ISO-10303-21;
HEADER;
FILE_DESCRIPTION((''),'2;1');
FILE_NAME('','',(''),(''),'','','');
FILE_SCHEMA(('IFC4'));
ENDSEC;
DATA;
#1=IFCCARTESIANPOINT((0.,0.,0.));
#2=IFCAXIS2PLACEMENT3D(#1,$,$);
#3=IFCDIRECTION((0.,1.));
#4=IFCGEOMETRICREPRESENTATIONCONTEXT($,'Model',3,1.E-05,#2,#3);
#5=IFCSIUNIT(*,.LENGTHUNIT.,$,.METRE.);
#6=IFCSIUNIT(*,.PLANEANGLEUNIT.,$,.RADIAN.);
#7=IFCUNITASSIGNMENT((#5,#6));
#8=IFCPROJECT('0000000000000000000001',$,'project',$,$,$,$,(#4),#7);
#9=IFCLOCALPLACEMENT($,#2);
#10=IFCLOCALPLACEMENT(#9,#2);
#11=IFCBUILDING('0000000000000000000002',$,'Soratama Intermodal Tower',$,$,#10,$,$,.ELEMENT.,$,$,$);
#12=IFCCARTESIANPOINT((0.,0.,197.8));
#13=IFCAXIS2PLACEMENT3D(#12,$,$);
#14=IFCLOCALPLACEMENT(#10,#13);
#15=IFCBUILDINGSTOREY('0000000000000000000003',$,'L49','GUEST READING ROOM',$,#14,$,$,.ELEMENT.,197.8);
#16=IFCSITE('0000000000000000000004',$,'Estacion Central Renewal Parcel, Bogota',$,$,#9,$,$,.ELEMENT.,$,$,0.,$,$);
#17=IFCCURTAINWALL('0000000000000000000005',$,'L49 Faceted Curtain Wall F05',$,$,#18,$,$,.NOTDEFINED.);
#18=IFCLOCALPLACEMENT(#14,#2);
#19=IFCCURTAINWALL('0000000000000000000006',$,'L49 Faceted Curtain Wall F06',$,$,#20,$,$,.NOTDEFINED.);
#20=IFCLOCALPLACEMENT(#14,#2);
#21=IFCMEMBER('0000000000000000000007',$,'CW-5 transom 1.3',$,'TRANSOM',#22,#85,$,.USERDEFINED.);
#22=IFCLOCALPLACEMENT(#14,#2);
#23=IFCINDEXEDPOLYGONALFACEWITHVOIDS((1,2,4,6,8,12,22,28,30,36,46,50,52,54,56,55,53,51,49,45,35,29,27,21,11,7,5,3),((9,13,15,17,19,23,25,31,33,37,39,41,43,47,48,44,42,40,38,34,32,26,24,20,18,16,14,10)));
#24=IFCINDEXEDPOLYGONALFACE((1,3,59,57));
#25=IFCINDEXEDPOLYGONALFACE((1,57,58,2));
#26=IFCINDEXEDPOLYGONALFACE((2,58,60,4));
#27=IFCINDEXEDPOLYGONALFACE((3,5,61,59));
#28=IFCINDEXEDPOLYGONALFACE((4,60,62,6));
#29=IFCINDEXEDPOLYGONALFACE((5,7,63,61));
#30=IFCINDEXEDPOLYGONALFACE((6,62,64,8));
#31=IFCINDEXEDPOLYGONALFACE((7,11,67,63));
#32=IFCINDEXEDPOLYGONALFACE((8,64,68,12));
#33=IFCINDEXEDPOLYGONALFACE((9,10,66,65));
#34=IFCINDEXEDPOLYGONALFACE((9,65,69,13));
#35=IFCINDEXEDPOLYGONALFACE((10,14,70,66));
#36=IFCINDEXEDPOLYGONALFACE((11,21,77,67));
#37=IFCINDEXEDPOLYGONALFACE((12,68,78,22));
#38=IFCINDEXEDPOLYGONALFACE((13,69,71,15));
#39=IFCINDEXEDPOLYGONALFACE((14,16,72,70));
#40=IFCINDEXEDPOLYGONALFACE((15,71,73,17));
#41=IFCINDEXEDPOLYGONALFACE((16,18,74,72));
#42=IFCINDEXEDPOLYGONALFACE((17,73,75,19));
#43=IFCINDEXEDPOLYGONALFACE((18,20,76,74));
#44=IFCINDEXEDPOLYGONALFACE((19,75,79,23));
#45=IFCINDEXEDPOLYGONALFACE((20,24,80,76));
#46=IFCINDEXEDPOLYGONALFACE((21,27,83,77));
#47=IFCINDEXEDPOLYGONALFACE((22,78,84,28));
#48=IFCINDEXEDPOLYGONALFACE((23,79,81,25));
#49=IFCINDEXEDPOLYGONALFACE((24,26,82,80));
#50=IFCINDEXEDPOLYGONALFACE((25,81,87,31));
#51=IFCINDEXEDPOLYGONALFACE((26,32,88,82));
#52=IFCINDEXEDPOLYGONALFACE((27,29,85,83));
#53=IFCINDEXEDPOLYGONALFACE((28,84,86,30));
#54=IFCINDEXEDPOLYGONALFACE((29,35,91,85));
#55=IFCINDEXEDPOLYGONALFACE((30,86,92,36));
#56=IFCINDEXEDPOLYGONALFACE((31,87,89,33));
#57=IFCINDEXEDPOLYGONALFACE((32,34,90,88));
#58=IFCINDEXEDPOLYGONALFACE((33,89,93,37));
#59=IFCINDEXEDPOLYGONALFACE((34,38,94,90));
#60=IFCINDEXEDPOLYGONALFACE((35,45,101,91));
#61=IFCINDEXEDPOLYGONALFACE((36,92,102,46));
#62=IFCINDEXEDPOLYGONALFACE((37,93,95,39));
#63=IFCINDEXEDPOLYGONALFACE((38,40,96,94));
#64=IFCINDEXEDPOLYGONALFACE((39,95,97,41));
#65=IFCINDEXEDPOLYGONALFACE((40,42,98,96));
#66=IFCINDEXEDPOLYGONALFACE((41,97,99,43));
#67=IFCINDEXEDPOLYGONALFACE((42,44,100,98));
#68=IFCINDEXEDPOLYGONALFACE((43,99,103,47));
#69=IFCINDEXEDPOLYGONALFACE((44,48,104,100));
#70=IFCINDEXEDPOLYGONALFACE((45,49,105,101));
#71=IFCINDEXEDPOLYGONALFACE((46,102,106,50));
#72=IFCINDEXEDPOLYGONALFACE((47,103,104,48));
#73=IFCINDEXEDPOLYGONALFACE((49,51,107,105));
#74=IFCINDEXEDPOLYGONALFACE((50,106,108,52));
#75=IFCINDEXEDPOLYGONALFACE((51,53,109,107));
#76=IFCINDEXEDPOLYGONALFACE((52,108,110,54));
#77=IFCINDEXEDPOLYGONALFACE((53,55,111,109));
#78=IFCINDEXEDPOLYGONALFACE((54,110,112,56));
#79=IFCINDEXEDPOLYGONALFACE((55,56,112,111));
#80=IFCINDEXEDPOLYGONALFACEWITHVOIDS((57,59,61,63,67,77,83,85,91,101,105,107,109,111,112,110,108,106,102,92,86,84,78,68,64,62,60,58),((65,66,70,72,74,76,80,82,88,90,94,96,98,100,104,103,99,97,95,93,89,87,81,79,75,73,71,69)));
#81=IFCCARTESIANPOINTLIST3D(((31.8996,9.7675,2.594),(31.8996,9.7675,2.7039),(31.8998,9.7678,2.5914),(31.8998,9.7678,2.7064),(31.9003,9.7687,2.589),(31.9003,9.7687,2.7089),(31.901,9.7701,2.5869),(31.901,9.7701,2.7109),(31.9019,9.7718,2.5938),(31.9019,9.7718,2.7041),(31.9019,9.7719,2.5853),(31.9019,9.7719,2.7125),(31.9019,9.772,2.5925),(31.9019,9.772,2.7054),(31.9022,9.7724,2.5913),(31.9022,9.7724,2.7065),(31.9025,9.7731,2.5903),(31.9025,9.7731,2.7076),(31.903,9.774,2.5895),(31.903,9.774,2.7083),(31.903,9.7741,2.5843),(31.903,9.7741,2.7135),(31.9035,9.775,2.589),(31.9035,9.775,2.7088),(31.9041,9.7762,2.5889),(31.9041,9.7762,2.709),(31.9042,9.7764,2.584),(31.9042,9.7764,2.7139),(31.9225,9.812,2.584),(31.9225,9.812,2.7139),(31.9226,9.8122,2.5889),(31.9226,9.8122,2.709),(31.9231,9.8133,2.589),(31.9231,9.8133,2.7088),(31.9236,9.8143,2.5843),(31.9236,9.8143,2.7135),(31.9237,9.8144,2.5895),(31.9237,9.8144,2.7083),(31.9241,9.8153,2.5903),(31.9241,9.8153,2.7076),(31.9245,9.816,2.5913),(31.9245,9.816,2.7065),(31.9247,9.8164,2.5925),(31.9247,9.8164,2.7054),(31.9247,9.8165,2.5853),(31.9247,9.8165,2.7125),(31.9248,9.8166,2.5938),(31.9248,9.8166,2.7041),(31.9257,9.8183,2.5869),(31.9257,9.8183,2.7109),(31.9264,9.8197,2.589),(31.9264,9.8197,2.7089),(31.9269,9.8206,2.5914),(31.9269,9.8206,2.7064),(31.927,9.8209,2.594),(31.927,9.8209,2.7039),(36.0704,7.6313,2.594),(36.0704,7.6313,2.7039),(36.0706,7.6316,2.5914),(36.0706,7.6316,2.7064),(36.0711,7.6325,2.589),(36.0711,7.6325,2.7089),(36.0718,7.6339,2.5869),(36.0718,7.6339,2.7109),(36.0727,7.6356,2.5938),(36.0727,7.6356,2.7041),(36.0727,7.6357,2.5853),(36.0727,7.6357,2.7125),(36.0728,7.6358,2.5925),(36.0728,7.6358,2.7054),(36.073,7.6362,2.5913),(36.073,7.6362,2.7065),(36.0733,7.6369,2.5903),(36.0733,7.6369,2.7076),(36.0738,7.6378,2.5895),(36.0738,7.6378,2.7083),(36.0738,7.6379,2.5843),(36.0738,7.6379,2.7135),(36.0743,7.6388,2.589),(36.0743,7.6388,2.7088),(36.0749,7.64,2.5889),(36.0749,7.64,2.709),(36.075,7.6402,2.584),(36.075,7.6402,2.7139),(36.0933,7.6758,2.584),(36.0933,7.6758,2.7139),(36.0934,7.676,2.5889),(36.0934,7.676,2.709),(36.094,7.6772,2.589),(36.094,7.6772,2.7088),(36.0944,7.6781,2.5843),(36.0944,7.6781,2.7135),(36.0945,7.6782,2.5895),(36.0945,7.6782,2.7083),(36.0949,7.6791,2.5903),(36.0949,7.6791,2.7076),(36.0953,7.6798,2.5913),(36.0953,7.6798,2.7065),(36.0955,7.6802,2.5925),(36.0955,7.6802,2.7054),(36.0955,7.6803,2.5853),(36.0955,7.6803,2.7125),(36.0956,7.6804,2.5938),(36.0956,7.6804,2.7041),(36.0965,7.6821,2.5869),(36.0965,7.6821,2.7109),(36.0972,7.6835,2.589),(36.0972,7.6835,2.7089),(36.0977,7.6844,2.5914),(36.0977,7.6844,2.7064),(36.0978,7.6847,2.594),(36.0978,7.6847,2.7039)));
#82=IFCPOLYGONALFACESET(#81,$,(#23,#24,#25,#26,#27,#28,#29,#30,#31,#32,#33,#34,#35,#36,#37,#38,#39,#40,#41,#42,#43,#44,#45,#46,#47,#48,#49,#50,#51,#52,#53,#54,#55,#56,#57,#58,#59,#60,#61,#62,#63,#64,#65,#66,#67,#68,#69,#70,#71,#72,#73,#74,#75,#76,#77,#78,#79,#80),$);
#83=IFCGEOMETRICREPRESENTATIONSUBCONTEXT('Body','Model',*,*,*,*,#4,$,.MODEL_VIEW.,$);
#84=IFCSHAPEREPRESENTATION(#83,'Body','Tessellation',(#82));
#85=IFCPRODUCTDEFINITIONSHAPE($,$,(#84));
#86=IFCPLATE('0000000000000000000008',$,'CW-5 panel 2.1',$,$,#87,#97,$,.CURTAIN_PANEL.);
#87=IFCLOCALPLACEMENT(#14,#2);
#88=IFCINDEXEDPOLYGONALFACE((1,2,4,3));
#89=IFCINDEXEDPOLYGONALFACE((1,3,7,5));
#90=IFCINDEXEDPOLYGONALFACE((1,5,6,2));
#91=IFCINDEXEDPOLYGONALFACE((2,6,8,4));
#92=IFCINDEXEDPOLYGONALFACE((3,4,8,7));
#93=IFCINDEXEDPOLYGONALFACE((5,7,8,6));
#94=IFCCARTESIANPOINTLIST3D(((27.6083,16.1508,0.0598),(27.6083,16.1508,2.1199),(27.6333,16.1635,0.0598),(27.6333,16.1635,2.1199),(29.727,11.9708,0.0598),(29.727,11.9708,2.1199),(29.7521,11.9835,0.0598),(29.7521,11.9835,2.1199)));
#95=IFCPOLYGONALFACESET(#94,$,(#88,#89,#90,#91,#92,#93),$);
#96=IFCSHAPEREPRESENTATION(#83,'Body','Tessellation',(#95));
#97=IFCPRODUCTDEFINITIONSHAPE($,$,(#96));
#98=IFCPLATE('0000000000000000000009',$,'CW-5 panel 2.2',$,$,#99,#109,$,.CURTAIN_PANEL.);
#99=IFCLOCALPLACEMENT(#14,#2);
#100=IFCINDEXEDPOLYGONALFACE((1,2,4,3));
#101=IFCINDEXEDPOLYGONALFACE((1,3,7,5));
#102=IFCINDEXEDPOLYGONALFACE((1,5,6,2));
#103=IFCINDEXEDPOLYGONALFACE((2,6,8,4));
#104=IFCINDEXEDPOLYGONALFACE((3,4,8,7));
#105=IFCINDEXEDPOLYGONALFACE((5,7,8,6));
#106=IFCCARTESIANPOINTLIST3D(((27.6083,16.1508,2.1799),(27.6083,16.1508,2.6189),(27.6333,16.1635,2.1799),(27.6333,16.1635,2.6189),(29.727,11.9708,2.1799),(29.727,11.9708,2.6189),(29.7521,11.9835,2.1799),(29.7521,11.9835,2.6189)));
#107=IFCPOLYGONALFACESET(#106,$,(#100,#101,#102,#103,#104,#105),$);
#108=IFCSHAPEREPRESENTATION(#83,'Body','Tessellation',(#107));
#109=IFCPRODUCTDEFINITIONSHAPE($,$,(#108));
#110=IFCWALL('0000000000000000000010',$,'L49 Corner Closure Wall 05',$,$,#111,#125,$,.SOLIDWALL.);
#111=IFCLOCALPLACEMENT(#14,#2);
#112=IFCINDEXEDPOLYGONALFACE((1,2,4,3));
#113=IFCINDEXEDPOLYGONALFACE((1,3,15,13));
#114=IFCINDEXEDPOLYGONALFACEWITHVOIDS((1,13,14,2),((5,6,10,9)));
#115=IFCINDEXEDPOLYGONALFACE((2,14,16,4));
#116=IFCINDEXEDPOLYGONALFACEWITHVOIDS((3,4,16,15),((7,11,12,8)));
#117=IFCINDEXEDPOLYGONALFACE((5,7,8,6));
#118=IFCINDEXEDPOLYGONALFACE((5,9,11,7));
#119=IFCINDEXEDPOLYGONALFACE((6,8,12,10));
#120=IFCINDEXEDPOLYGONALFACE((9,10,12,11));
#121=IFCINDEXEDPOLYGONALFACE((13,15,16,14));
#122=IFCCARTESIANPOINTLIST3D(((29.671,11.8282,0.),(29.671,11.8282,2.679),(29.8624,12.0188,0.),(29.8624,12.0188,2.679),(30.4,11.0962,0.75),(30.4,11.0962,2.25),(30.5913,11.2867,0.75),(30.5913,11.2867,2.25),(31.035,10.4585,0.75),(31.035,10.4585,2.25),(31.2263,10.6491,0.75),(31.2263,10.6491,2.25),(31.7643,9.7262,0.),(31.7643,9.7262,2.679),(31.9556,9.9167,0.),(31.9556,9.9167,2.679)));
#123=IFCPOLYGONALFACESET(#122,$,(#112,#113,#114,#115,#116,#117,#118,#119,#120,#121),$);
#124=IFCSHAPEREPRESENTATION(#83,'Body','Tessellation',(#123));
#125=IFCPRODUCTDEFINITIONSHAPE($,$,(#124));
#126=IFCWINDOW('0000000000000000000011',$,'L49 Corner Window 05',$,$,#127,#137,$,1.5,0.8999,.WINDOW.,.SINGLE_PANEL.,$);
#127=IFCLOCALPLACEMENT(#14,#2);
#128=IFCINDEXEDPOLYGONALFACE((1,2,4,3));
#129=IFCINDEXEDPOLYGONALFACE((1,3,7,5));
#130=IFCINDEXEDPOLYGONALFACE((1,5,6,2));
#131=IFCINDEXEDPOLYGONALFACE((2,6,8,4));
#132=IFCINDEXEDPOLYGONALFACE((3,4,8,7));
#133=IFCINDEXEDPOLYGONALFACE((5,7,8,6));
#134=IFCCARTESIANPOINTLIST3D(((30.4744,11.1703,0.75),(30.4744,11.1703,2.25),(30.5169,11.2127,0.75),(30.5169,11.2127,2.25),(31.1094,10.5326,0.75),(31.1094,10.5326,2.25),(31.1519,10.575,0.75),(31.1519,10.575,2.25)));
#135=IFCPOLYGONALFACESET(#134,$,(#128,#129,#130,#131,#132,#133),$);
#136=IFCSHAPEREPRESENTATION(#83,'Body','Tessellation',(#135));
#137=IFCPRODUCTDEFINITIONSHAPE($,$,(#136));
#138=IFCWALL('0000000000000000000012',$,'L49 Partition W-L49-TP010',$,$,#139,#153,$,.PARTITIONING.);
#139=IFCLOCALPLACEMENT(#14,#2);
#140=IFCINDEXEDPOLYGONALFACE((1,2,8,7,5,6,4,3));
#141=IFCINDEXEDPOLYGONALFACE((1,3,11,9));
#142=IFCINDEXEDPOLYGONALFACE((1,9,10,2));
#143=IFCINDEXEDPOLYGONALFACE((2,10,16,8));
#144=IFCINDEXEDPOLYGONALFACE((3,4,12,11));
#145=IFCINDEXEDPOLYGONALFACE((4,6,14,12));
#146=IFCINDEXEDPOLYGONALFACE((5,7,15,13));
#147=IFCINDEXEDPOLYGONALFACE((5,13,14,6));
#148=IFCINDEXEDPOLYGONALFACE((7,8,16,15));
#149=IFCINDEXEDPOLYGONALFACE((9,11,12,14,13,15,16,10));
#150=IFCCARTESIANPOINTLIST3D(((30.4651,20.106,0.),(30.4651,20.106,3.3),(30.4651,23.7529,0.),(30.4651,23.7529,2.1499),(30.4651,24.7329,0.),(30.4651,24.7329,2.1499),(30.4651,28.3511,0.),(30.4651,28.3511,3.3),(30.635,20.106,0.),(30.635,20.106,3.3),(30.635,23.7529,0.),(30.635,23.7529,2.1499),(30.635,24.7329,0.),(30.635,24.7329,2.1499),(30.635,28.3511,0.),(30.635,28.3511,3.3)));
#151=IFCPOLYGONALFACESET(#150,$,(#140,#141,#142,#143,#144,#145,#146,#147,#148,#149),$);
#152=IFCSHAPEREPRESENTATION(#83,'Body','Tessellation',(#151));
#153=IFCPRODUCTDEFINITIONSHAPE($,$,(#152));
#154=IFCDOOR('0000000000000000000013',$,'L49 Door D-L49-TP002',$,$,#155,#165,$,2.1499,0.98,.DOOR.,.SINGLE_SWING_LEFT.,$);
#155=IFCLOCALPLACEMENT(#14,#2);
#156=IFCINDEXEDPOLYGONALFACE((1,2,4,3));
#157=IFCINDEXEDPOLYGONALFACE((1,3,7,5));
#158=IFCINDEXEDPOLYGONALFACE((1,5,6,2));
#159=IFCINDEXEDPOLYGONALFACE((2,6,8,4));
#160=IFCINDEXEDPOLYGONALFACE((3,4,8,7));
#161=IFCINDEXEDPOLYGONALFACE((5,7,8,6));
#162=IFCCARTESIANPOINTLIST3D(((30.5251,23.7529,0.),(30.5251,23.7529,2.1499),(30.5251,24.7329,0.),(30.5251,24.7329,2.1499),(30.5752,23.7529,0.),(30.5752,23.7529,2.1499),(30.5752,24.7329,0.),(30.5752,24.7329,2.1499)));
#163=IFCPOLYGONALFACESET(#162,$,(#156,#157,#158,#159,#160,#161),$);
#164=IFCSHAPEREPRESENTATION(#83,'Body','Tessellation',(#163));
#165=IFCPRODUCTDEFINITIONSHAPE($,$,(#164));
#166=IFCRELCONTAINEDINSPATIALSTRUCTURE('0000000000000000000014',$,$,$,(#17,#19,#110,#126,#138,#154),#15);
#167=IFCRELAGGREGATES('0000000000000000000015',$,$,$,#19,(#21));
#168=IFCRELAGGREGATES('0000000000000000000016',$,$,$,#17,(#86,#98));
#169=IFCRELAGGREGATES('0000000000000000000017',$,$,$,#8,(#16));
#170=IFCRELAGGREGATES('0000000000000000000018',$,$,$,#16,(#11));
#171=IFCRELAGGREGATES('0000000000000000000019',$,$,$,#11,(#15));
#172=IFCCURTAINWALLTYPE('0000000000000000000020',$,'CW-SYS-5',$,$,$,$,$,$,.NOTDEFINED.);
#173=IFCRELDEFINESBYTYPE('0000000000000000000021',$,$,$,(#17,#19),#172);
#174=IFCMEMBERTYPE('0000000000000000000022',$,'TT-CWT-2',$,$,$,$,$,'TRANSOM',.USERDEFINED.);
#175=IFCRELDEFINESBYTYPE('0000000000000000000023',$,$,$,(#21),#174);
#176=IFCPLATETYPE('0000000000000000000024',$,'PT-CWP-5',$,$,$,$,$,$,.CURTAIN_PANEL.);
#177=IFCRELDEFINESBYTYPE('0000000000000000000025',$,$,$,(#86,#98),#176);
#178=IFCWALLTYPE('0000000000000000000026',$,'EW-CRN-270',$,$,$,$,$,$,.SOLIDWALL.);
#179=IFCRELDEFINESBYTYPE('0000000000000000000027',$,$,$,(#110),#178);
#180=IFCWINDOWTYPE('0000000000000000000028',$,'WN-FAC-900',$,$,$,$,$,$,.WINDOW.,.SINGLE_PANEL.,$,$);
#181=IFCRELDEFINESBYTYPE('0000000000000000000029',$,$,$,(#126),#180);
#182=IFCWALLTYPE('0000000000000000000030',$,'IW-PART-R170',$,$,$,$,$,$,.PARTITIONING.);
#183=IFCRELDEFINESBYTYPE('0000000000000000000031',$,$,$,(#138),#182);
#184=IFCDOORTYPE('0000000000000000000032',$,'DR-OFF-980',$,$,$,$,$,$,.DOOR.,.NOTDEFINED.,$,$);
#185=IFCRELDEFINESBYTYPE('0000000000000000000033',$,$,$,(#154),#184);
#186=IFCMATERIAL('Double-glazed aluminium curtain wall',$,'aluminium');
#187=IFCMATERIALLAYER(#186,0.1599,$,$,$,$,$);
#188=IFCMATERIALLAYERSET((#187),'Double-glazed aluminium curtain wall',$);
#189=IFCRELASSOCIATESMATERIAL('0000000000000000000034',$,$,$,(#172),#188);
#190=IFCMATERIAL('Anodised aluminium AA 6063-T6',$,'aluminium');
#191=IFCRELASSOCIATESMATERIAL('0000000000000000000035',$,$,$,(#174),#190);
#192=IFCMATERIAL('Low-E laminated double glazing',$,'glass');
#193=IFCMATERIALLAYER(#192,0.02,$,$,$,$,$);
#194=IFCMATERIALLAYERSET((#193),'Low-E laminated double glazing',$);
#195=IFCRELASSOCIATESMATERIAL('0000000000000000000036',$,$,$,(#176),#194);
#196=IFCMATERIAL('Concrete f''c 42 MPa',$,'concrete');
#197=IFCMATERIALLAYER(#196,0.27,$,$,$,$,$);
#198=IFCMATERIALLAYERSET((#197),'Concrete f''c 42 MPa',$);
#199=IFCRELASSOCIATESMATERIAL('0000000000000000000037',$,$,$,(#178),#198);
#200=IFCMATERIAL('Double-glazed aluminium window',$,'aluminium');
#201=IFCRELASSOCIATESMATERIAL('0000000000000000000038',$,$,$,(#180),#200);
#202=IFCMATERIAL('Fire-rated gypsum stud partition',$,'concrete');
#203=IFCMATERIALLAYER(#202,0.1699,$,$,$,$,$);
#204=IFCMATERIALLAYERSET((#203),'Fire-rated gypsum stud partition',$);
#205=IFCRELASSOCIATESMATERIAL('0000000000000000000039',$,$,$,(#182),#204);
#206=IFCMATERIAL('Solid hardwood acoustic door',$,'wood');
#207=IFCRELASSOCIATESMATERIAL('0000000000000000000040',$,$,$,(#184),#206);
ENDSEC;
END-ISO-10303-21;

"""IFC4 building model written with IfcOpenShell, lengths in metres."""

from ifc_helpers import new_model, si_unit, direction, frame, frame_2d, origin, origin_2d, place, context, subcontext, project, spatial, rectangle, hollow_rectangle, extrude, material, layer, layer_set, material_profile, profile_set, type_object, element, fill, aggregate, save


model = new_model("IFC4")

# Units and contexts
model_context = context("Model", 3, precision=1e-05, world=origin(), true_north=direction((0.0, 1.0)))
body_context = subcontext(model_context, "Body", "Model", "MODEL_VIEW")
ifc_project = project(units=[si_unit("LENGTHUNIT", "METRE"), si_unit("PLANEANGLEUNIT", "RADIAN")], contexts=[model_context])

# Site, building, storey
site_placement = place(None, origin())
site = spatial("IfcSite", under=ifc_project, at=site_placement, Name="Estacion Central Renewal Parcel, Bogota", CompositionType="ELEMENT", RefElevation=0.0)
building_placement = place(site_placement, origin())
building = spatial("IfcBuilding", under=site, at=building_placement, Name="Soratama Intermodal Tower", CompositionType="ELEMENT")
storey_placement = place(building_placement, frame((0.0, 0.0, 197.8)))
storey = spatial("IfcBuildingStorey", under=building, at=storey_placement, Name="L49", Description="GUEST READING ROOM", CompositionType="ELEMENT", Elevation=197.8)

# Curtain walls
ifc_material_1 = material(Name="Double-glazed aluminium curtain wall", Category="aluminium")
ifc_layer_1 = layer(ifc_material_1, 0.1599)
ifc_layer_set_1 = layer_set([ifc_layer_1], Name="Double-glazed aluminium curtain wall")
curtain_wall_type = type_object("IfcCurtainWallType", Name="CW-SYS-5", PredefinedType="NOTDEFINED", material=ifc_layer_set_1)
curtain_wall_1_placement = place(storey_placement, origin())
curtain_wall_1 = element("IfcCurtainWall", 1, at=curtain_wall_1_placement, inside=storey, type_object=curtain_wall_type, Name="L49 Faceted Curtain Wall F05", PredefinedType="NOTDEFINED")
curtain_wall_2_placement = place(storey_placement, origin())
curtain_wall_2 = element("IfcCurtainWall", 2, at=curtain_wall_2_placement, inside=storey, type_object=curtain_wall_type, Name="L49 Faceted Curtain Wall F06", PredefinedType="NOTDEFINED")

# Member
ifc_material_2 = material(Name="Anodised aluminium AA 6063-T6", Category="aluminium")
ifc_material_profile_1 = material_profile(ifc_material_2, hollow_rectangle(XDim=0.0601, YDim=0.1299, WallThickness=0.0049, InnerFilletRadius=0.0049, OuterFilletRadius=0.01, at=origin_2d()), Name="CWT130X60X5")
ifc_profile_set_1 = profile_set([ifc_material_profile_1], Name="Anodised aluminium AA 6063-T6")
member_type_1 = type_object("IfcMemberType", Name="TT-CWT-2", ElementType="TRANSOM", PredefinedType="USERDEFINED", material=ifc_profile_set_1)
member_1_placement = place(storey_placement, frame((31.9133, 9.7942, 2.6489), z_axis=(0.890051, -0.455862, 0.0), x_axis=(0.455862, 0.890051, 0.0)))
member_1 = element("IfcMember", 3, at=member_1_placement, type_object=member_type_1, Name="CW-5 transom 1.3", ObjectType="TRANSOM", PredefinedType="USERDEFINED", context=body_context, shape_type="SweptSolid", body=[
    extrude(hollow_rectangle(XDim=0.0601, YDim=0.1299, WallThickness=0.0049, InnerFilletRadius=0.0049, OuterFilletRadius=0.01, at=origin_2d()), origin(), (0.0, 0.0, 1.0), 4.686),
])
aggregate(curtain_wall_2, [member_1])

# Plates
ifc_material_3 = material(Name="Low-E laminated double glazing", Category="glass")
ifc_layer_2 = layer(ifc_material_3, 0.02)
ifc_layer_set_2 = layer_set([ifc_layer_2], Name="Low-E laminated double glazing")
plate_type = type_object("IfcPlateType", Name="PT-CWP-5", PredefinedType="CURTAIN_PANEL", material=ifc_layer_set_2)
plate_1_placement = place(storey_placement, frame((28.6802, 14.0671, 0.0598), z_axis=(0.0, 0.0, 1.0), x_axis=(0.452119, -0.891958, 0.0)))
plate_1 = element("IfcPlate", 4, at=plate_1_placement, type_object=plate_type, Name="CW-5 panel 2.1", PredefinedType="CURTAIN_PANEL", context=body_context, shape_type="SweptSolid", body=[
    extrude(rectangle(XDim=4.6863, YDim=0.0281, at=origin_2d()), origin(), (0.0, 0.0, 1.0), 2.0601),
])
plate_2_placement = place(storey_placement, frame((28.6802, 14.0671, 2.1799), z_axis=(0.0, 0.0, 1.0), x_axis=(0.452119, -0.891958, 0.0)))
plate_2 = element("IfcPlate", 5, at=plate_2_placement, type_object=plate_type, Name="CW-5 panel 2.2", PredefinedType="CURTAIN_PANEL", context=body_context, shape_type="SweptSolid", body=[
    extrude(rectangle(XDim=4.6863, YDim=0.0281, at=origin_2d()), origin(), (0.0, 0.0, 1.0), 0.439),
])
aggregate(curtain_wall_1, [plate_1, plate_2])

# Wall, opening, window
ifc_material_4 = material(Name="Concrete f'c 42 MPa", Category="concrete")
ifc_layer_3 = layer(ifc_material_4, 0.27)
ifc_layer_set_3 = layer_set([ifc_layer_3], Name="Concrete f'c 42 MPa")
wall_type_1 = type_object("IfcWallType", Name="EW-CRN-270", PredefinedType="SOLIDWALL", material=ifc_layer_set_3)
wall_1_placement = place(storey_placement, frame((29.7666, 11.9236, 0.0), z_axis=(0.0, 0.0, 1.0), x_axis=(0.705624, -0.708587, 0.0)))
wall_1 = element("IfcWall", 6, at=wall_1_placement, inside=storey, type_object=wall_type_1, Name="L49 Corner Closure Wall 05", PredefinedType="SOLIDWALL", context=body_context, shape_type="SweptSolid", body=[
    extrude(rectangle(XDim=2.9666, YDim=0.27, at=frame_2d((1.4834, 0.0))), origin(), (0.0, 0.0, 1.0), 2.679),
])
opening_1_placement = place(wall_1_placement, frame((1.0332, 0.0, 0.75)))
opening_1 = element("IfcOpeningElement", 7, at=opening_1_placement, cuts=wall_1, PredefinedType="OPENING", context=body_context, shape_type="SweptSolid", body=[
    extrude(rectangle(XDim=0.8999, YDim=1.5, at=frame_2d((0.45, 0.75))), frame((0.0, 0.145, 0.0), z_axis=(0.0, -1.0, 0.0), x_axis=(1.0, 0.0, 0.0)), (0.0, 0.0, 1.0), 0.29),
])
ifc_material_5 = material(Name="Double-glazed aluminium window", Category="aluminium")
window_type = type_object("IfcWindowType", Name="WN-FAC-900", PartitioningType="SINGLE_PANEL", PredefinedType="WINDOW", material=ifc_material_5)
window_placement = place(opening_1_placement, origin())
window = element("IfcWindow", 8, at=window_placement, inside=storey, type_object=window_type, Name="L49 Corner Window 05", OverallHeight=1.5, OverallWidth=0.8999, PartitioningType="SINGLE_PANEL", PredefinedType="WINDOW", context=body_context, shape_type="SweptSolid", body=[
    extrude(rectangle(XDim=0.8999, YDim=1.5, at=frame_2d((0.45, 0.75))), frame((0.0, 0.03, 0.0), z_axis=(0.0, -1.0, 0.0), x_axis=(1.0, 0.0, 0.0)), (0.0, 0.0, 1.0), 0.0601),
])
fill(opening_1, window)

# Wall, opening, door
ifc_material_6 = material(Name="Fire-rated gypsum stud partition", Category="concrete")
ifc_layer_4 = layer(ifc_material_6, 0.1699)
ifc_layer_set_4 = layer_set([ifc_layer_4], Name="Fire-rated gypsum stud partition")
wall_type_2 = type_object("IfcWallType", Name="IW-PART-R170", PredefinedType="PARTITIONING", material=ifc_layer_set_4)
wall_2_placement = place(storey_placement, frame((30.55, 20.106, 0.0), z_axis=(0.0, 0.0, 1.0), x_axis=(0.0, 1.0, 0.0)))
wall_2 = element("IfcWall", 9, at=wall_2_placement, inside=storey, type_object=wall_type_2, Name="L49 Partition W-L49-TP010", PredefinedType="PARTITIONING", context=body_context, shape_type="SweptSolid", body=[
    extrude(rectangle(XDim=8.2451, YDim=0.1699, at=frame_2d((4.1226, 0.0))), origin(), (0.0, 0.0, 1.0), 3.3),
])
opening_2_placement = place(wall_2_placement, frame((3.647, 0.0, 0.0)))
opening_2 = element("IfcOpeningElement", 10, at=opening_2_placement, cuts=wall_2, PredefinedType="OPENING", context=body_context, shape_type="SweptSolid", body=[
    extrude(rectangle(XDim=0.98, YDim=2.1499, at=frame_2d((0.49, 1.075))), frame((0.0, 0.095, 0.0), z_axis=(0.0, -1.0, 0.0), x_axis=(1.0, 0.0, 0.0)), (0.0, 0.0, 1.0), 0.1899),
])
ifc_material_7 = material(Name="Solid hardwood acoustic door", Category="wood")
door_type = type_object("IfcDoorType", Name="DR-OFF-980", OperationType="NOTDEFINED", PredefinedType="DOOR", material=ifc_material_7)
door_1_placement = place(opening_2_placement, origin())
door_1 = element("IfcDoor", 11, at=door_1_placement, inside=storey, type_object=door_type, Name="L49 Door D-L49-TP002", OperationType="SINGLE_SWING_LEFT", OverallHeight=2.1499, OverallWidth=0.98, PredefinedType="DOOR", context=body_context, shape_type="SweptSolid", body=[
    extrude(rectangle(XDim=0.98, YDim=2.1499, at=frame_2d((0.49, 1.075))), frame((0.0, 0.0249, 0.0), z_axis=(0.0, -1.0, 0.0), x_axis=(1.0, 0.0, 0.0)), (0.0, 0.0, 1.0), 0.05),
])
fill(opening_2, door_1)

save(model, "model.ifc")
